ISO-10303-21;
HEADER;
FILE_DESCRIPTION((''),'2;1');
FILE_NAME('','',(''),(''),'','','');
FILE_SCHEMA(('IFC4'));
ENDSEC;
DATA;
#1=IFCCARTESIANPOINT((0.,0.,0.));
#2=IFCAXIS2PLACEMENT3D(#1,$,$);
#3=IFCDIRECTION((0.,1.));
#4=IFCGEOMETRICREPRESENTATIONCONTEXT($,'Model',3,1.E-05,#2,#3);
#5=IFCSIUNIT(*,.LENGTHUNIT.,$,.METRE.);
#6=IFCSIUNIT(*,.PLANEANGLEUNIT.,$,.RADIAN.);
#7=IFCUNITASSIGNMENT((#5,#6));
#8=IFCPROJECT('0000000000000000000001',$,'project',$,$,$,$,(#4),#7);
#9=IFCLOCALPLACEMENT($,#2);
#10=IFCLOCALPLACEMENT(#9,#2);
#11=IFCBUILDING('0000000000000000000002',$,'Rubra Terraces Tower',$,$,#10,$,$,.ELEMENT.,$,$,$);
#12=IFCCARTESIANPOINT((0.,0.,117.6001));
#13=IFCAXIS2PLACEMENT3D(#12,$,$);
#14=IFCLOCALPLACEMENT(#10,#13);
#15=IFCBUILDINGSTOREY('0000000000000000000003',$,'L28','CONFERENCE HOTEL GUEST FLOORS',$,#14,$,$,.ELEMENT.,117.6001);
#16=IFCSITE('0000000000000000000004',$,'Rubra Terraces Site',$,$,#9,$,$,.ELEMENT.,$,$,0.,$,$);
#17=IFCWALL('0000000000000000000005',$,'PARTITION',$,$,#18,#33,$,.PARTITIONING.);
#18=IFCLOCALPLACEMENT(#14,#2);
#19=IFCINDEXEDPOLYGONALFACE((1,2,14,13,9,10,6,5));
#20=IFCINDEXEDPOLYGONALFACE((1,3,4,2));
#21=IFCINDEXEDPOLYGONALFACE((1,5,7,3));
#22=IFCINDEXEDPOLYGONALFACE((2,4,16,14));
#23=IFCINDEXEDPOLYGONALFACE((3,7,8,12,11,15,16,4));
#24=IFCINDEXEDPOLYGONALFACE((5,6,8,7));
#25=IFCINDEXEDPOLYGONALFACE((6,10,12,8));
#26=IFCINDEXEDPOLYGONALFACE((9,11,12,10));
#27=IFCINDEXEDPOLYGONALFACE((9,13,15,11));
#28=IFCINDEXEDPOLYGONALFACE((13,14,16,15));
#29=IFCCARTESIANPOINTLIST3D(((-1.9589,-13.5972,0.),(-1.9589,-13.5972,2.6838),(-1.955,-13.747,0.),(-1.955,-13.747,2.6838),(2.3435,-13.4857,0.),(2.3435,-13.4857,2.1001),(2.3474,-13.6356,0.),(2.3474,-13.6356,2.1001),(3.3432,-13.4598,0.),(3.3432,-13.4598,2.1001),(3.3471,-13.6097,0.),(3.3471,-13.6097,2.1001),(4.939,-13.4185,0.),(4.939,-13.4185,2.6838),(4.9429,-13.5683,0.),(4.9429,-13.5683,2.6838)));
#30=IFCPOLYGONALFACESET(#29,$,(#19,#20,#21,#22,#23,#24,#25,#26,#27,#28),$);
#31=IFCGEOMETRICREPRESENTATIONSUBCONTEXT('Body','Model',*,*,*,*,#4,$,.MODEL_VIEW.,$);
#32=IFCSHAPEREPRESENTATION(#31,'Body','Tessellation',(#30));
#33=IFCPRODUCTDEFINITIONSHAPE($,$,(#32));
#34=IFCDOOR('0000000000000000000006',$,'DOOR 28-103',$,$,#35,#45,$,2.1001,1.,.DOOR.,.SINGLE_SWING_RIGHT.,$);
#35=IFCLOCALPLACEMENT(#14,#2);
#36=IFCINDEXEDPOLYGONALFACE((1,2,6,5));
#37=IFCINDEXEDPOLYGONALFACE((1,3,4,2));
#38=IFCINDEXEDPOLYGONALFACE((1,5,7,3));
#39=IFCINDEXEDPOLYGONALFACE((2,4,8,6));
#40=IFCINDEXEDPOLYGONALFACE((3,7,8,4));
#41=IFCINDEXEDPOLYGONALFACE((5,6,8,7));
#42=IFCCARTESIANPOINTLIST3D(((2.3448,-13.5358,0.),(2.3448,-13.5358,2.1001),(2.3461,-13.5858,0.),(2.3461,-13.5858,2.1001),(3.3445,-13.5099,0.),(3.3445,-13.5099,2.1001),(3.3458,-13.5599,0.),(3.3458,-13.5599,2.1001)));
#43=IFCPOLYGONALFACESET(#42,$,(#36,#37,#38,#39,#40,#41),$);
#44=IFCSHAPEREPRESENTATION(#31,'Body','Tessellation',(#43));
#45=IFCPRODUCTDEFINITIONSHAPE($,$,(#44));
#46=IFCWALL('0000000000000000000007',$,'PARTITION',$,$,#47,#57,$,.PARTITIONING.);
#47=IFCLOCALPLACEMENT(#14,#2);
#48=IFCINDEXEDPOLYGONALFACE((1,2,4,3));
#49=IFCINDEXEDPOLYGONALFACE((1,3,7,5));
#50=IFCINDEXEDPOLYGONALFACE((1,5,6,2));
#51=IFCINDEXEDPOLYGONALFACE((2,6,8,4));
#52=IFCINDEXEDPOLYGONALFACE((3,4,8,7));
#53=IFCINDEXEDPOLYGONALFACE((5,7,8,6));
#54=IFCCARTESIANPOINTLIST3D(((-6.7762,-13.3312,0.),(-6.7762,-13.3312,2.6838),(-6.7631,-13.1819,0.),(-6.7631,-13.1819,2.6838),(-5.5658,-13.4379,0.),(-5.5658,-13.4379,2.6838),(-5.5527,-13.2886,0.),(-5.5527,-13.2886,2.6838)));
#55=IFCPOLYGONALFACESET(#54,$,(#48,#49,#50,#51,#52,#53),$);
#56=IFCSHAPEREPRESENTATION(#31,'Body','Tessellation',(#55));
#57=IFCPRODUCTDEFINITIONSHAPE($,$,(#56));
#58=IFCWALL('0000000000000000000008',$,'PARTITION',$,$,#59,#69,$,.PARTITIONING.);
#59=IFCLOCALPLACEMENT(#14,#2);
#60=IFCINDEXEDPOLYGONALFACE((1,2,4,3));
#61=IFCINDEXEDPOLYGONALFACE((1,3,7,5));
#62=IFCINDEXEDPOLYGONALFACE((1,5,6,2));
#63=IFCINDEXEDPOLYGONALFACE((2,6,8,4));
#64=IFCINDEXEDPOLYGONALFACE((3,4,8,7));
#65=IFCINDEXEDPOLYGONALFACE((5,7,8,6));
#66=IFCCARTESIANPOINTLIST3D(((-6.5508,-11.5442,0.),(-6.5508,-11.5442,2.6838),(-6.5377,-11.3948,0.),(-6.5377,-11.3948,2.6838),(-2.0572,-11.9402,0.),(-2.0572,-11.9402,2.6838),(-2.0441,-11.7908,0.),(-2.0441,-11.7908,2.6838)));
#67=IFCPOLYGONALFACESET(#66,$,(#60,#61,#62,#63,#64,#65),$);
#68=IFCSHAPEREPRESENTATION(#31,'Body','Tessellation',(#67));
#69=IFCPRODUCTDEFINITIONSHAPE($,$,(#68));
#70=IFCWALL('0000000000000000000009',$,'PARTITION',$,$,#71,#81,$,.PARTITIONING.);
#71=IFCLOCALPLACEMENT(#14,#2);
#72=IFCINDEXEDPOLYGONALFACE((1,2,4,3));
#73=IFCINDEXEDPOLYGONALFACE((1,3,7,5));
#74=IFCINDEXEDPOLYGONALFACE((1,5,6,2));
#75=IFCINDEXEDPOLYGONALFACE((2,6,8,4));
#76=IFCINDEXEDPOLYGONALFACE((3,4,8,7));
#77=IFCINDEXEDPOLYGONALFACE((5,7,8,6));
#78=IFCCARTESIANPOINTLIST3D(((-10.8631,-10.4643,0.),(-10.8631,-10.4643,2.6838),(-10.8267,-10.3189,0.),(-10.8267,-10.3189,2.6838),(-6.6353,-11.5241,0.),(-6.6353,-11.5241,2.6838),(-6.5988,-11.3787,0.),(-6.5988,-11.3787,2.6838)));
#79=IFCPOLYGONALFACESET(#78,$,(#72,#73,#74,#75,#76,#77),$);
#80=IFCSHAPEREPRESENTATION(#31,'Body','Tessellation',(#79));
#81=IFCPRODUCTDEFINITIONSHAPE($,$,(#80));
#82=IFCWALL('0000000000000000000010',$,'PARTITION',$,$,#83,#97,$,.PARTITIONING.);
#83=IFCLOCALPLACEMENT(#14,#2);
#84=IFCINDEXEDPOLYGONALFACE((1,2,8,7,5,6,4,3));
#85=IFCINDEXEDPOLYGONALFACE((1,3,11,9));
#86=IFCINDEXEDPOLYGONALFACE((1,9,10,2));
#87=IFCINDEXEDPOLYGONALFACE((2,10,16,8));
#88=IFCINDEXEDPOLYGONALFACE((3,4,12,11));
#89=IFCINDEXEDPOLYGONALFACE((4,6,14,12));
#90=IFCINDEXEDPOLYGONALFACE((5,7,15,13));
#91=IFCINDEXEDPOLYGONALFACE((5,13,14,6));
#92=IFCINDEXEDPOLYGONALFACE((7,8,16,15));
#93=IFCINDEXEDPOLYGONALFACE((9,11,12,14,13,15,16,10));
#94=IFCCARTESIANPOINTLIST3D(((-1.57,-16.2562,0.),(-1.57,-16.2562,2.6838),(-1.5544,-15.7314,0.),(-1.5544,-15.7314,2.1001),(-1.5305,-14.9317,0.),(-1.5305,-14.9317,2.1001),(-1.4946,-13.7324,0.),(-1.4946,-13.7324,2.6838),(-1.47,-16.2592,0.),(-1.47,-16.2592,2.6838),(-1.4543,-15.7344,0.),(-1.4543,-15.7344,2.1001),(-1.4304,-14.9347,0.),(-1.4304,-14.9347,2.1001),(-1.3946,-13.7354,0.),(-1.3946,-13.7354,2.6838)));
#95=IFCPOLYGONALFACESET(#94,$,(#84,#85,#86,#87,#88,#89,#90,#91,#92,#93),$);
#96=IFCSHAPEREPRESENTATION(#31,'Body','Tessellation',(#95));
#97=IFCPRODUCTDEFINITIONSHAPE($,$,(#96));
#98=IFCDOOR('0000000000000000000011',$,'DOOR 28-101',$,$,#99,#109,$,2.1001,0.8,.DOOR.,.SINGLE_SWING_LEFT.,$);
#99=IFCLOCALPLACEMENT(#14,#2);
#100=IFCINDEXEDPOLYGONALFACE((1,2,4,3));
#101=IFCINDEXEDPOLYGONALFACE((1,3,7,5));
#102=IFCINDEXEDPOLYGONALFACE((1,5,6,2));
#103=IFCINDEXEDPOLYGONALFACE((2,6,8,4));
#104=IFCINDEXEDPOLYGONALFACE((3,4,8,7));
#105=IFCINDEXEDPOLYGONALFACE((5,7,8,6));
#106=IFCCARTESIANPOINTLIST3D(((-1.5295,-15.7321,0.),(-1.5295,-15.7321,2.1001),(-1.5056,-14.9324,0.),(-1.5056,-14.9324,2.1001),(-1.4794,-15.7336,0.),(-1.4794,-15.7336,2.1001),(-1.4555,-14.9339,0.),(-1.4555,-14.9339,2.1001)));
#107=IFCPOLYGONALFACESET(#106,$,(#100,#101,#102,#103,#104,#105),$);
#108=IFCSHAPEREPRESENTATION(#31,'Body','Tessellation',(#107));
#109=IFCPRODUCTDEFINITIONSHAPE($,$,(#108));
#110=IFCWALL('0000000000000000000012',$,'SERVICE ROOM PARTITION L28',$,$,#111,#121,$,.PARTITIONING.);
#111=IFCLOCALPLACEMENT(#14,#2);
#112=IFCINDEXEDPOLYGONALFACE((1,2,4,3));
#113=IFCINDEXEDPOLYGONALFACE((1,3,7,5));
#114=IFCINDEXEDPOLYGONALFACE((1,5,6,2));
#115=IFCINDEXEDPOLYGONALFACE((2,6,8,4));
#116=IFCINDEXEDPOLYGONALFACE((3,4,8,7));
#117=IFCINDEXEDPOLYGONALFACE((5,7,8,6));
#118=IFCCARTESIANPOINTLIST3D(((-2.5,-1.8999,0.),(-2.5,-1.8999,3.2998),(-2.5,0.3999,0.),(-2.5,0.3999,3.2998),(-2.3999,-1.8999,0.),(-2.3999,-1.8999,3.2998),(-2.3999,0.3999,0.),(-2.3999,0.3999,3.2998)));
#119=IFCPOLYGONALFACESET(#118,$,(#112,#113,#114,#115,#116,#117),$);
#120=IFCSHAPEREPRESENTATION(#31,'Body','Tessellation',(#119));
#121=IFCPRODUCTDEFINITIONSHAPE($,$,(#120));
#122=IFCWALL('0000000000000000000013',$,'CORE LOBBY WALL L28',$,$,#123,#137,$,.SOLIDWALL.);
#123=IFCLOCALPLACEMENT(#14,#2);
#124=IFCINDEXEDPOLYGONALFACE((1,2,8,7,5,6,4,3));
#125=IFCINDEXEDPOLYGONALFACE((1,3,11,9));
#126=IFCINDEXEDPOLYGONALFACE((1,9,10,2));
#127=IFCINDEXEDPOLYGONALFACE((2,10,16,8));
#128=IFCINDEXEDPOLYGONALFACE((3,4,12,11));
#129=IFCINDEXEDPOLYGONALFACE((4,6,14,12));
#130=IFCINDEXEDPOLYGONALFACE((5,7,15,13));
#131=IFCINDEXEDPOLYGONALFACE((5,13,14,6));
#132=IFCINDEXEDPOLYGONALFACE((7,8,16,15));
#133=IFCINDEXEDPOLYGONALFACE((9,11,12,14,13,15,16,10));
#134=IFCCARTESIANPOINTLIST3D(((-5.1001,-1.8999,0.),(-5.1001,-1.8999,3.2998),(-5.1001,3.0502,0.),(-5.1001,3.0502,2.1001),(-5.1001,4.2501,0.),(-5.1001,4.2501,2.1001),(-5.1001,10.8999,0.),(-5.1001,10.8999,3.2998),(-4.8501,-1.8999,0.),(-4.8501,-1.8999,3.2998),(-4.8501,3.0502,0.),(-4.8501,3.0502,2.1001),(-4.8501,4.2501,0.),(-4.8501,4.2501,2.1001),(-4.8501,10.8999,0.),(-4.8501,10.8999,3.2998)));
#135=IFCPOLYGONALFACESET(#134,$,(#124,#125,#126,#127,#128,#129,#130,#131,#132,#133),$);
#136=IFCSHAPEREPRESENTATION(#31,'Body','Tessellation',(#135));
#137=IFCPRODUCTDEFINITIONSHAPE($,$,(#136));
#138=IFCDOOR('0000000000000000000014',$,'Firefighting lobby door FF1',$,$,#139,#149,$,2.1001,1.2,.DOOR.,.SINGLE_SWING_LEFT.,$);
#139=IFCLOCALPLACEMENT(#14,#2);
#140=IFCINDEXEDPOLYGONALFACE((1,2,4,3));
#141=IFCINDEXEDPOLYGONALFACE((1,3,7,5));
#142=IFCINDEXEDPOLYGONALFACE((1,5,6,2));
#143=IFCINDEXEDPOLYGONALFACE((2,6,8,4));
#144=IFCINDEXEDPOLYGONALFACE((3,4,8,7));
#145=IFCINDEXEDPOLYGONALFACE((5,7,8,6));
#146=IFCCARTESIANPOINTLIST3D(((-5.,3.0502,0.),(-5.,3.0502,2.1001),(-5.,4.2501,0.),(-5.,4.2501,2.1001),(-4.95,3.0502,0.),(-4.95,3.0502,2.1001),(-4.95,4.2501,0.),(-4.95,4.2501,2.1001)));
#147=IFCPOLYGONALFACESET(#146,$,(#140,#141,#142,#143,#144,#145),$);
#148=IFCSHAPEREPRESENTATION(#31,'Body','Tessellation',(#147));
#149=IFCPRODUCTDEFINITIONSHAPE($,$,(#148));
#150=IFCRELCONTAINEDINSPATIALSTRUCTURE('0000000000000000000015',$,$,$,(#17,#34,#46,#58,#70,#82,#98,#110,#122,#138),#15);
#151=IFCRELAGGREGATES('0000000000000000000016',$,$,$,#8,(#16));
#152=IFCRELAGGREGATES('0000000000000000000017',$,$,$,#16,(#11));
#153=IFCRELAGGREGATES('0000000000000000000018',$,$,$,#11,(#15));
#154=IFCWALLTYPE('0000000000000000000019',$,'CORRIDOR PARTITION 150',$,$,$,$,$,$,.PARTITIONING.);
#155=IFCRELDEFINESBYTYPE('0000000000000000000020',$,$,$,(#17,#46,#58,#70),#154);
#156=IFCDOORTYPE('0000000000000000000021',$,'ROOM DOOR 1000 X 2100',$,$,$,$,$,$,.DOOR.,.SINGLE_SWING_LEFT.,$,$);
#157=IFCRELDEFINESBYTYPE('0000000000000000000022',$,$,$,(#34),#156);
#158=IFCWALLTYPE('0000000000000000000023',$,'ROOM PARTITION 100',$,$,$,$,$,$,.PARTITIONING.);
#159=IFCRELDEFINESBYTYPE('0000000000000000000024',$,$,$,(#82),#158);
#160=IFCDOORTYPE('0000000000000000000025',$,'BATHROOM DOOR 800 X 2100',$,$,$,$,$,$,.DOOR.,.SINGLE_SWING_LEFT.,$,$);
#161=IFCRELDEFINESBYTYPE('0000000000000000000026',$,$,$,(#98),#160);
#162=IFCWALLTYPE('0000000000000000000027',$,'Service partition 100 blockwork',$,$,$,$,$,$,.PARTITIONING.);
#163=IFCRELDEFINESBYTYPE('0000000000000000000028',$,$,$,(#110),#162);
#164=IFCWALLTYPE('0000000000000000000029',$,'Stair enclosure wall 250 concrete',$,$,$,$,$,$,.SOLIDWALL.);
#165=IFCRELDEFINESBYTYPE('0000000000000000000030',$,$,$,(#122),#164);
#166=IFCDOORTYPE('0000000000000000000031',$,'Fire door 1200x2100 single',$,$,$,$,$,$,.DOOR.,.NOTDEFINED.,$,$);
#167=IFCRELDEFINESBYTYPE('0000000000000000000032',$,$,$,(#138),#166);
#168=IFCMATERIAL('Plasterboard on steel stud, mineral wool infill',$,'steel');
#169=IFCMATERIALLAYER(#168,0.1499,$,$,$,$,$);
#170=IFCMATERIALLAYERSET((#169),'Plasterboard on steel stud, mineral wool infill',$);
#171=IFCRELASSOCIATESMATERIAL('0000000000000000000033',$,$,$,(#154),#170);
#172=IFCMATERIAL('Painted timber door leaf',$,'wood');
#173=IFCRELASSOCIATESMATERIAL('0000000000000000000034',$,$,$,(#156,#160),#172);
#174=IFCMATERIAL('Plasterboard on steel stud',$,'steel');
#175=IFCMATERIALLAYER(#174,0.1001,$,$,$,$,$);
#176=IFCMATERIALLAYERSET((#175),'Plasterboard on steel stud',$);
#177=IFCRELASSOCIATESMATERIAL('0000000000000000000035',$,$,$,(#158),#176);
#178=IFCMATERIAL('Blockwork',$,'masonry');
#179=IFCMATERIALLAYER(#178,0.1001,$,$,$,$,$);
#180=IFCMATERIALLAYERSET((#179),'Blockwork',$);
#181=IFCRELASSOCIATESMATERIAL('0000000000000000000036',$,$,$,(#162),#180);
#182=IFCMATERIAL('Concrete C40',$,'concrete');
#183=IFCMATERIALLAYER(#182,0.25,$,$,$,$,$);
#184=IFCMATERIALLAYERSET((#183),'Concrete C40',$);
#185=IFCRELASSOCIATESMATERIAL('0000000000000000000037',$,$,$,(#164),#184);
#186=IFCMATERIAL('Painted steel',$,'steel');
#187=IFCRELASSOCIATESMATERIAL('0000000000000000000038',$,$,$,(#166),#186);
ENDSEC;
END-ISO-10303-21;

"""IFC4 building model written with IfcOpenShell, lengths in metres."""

from ifc_helpers import new_model, si_unit, direction, frame, frame_2d, origin, place, context, subcontext, project, spatial, rectangle, extrude, material, layer, layer_set, type_object, element, fill, save


model = new_model("IFC4")

# Units and contexts
model_context = context("Model", 3, precision=1e-05, world=origin(), true_north=direction((0.0, 1.0)))
body_context = subcontext(model_context, "Body", "Model", "MODEL_VIEW")
ifc_project = project(units=[si_unit("LENGTHUNIT", "METRE"), si_unit("PLANEANGLEUNIT", "RADIAN")], contexts=[model_context])

# Site, building, storey
site_placement = place(None, origin())
site = spatial("IfcSite", under=ifc_project, at=site_placement, Name="Rubra Terraces Site", CompositionType="ELEMENT", RefElevation=0.0)
building_placement = place(site_placement, origin())
building = spatial("IfcBuilding", under=site, at=building_placement, Name="Rubra Terraces Tower", CompositionType="ELEMENT")
storey_placement = place(building_placement, frame((0.0, 0.0, 117.6001)))
storey = spatial("IfcBuildingStorey", under=building, at=storey_placement, Name="L28", Description="CONFERENCE HOTEL GUEST FLOORS", CompositionType="ELEMENT", Elevation=117.6001)

# Shared definitions
ifc_material_1 = material(Name="Concrete C40", Category="concrete")

# Shared definitions
ifc_material_2 = material(Name="Plasterboard on steel stud, mineral wool infill", Category="steel")
ifc_layer_1 = layer(ifc_material_2, 0.1499)
ifc_layer_set_1 = layer_set([ifc_layer_1], Name="Plasterboard on steel stud, mineral wool infill")
wall_type_1 = type_object("IfcWallType", Name="CORRIDOR PARTITION 150", PredefinedType="PARTITIONING", material=ifc_layer_set_1)

# Wall, opening, door
wall_1_placement = place(storey_placement, frame((-1.957, -13.6721, 0.0), z_axis=(0.0, 0.0, 1.0), x_axis=(0.999665, 0.025899, 0.0)))
wall_1 = element("IfcWall", 1, at=wall_1_placement, inside=storey, type_object=wall_type_1, Name="PARTITION", PredefinedType="PARTITIONING", context=body_context, shape_type="SweptSolid", body=[
    extrude(rectangle(XDim=6.9001, YDim=0.1499, at=frame_2d((3.4502, 0.0))), origin(), (0.0, 0.0, 1.0), 2.6838),
])
opening_1_placement = place(wall_1_placement, frame((4.304, 0.0, 0.0)))
opening_1 = element("IfcOpeningElement", 2, at=opening_1_placement, cuts=wall_1, PredefinedType="OPENING", context=body_context, shape_type="SweptSolid", body=[
    extrude(rectangle(XDim=1.0, YDim=2.1001, at=frame_2d((0.5, 1.05))), frame((0.0, 0.085, 0.0), z_axis=(0.0, -1.0, 0.0), x_axis=(1.0, 0.0, 0.0)), (0.0, 0.0, 1.0), 0.1699),
])
ifc_material_3 = material(Name="Painted timber door leaf", Category="wood")
door_type_1 = type_object("IfcDoorType", Name="ROOM DOOR 1000 X 2100", OperationType="SINGLE_SWING_LEFT", PredefinedType="DOOR", material=ifc_material_3)
door_1_placement = place(opening_1_placement, origin())
door_1 = element("IfcDoor", 3, at=door_1_placement, inside=storey, type_object=door_type_1, Name="DOOR 28-103", OperationType="SINGLE_SWING_RIGHT", OverallHeight=2.1001, OverallWidth=1.0, PredefinedType="DOOR", context=body_context, shape_type="SweptSolid", body=[
    extrude(rectangle(XDim=1.0, YDim=2.1001, at=frame_2d((0.5, 1.05))), frame((0.0, 0.0249, 0.0), z_axis=(0.0, -1.0, 0.0), x_axis=(1.0, 0.0, 0.0)), (0.0, 0.0, 1.0), 0.05),
])
fill(opening_1, door_1)

# Walls
wall_2_placement = place(storey_placement, frame((-6.7695, -13.2566, 0.0), z_axis=(0.0, 0.0, 1.0), x_axis=(0.996138, -0.0878, 0.0)))
element("IfcWall", 4, at=wall_2_placement, inside=storey, type_object=wall_type_1, Name="PARTITION", PredefinedType="PARTITIONING", context=body_context, shape_type="SweptSolid", body=[
    extrude(rectangle(XDim=1.2151, YDim=0.1499, at=frame_2d((0.6074, 0.0))), origin(), (0.0, 0.0, 1.0), 2.6838),
])
wall_3_placement = place(storey_placement, frame((-2.0508, -11.8655, 0.0), z_axis=(0.0, 0.0, 1.0), x_axis=(-0.99614, 0.087783, 0.0)))
element("IfcWall", 5, at=wall_3_placement, inside=storey, type_object=wall_type_1, Name="PARTITION", PredefinedType="PARTITIONING", context=body_context, shape_type="SweptSolid", body=[
    extrude(rectangle(XDim=4.511, YDim=0.1499, at=frame_2d((2.2554, 0.0))), origin(), (0.0, 0.0, 1.0), 2.6838),
])
wall_4_placement = place(storey_placement, frame((-6.6172, -11.4514, 0.0), z_axis=(0.0, 0.0, 1.0), x_axis=(-0.969987, 0.243155, 0.0)))
element("IfcWall", 6, at=wall_4_placement, inside=storey, type_object=wall_type_1, Name="PARTITION", PredefinedType="PARTITIONING", context=body_context, shape_type="SweptSolid", body=[
    extrude(rectangle(XDim=4.3586, YDim=0.1499, at=frame_2d((2.1792, 0.0))), origin(), (0.0, 0.0, 1.0), 2.6838),
])

# Wall, opening, door
ifc_material_4 = material(Name="Plasterboard on steel stud", Category="steel")
ifc_layer_2 = layer(ifc_material_4, 0.1001)
ifc_layer_set_2 = layer_set([ifc_layer_2], Name="Plasterboard on steel stud")
wall_type_2 = type_object("IfcWallType", Name="ROOM PARTITION 100", PredefinedType="PARTITIONING", material=ifc_layer_set_2)
wall_5_placement = place(storey_placement, frame((-1.4446, -13.7339, 0.0), z_axis=(0.0, 0.0, 1.0), x_axis=(-0.029879, -0.999554, 0.0)))
wall_5 = element("IfcWall", 7, at=wall_5_placement, inside=storey, type_object=wall_type_2, Name="PARTITION", PredefinedType="PARTITIONING", context=body_context, shape_type="SweptSolid", body=[
    extrude(rectangle(XDim=2.5249, YDim=0.1001, at=frame_2d((1.2625, 0.0))), origin(), (0.0, 0.0, 1.0), 2.6838),
])
opening_2_placement = place(wall_5_placement, frame((1.2, 0.0, 0.0)))
opening_2 = element("IfcOpeningElement", 8, at=opening_2_placement, cuts=wall_5, PredefinedType="OPENING", context=body_context, shape_type="SweptSolid", body=[
    extrude(rectangle(XDim=0.8, YDim=2.1001, at=frame_2d((0.3999, 1.05))), frame((0.0, 0.0601, 0.0), z_axis=(0.0, -1.0, 0.0), x_axis=(1.0, 0.0, 0.0)), (0.0, 0.0, 1.0), 0.1201),
])
door_type_2 = type_object("IfcDoorType", Name="BATHROOM DOOR 800 X 2100", OperationType="SINGLE_SWING_LEFT", PredefinedType="DOOR", material=ifc_material_3)
door_2_placement = place(opening_2_placement, origin())
door_2 = element("IfcDoor", 9, at=door_2_placement, inside=storey, type_object=door_type_2, Name="DOOR 28-101", OperationType="SINGLE_SWING_LEFT", OverallHeight=2.1001, OverallWidth=0.8, PredefinedType="DOOR", context=body_context, shape_type="SweptSolid", body=[
    extrude(rectangle(XDim=0.8, YDim=2.1001, at=frame_2d((0.3999, 1.05))), frame((0.0, 0.0249, 0.0), z_axis=(0.0, -1.0, 0.0), x_axis=(1.0, 0.0, 0.0)), (0.0, 0.0, 1.0), 0.05),
])
fill(opening_2, door_2)

# Wall
ifc_material_5 = material(Name="Blockwork", Category="masonry")
ifc_layer_3 = layer(ifc_material_5, 0.1001)
ifc_layer_set_3 = layer_set([ifc_layer_3], Name="Blockwork")
wall_type_3 = type_object("IfcWallType", Name="Service partition 100 blockwork", PredefinedType="PARTITIONING", material=ifc_layer_set_3)
wall_6_placement = place(storey_placement, frame((-2.45, -1.8999, 0.0), z_axis=(0.0, 0.0, 1.0), x_axis=(0.0, 1.0, 0.0)))
element("IfcWall", 10, at=wall_6_placement, inside=storey, type_object=wall_type_3, Name="SERVICE ROOM PARTITION L28", PredefinedType="PARTITIONING", context=body_context, shape_type="SweptSolid", body=[
    extrude(rectangle(XDim=2.2998, YDim=0.1001, at=frame_2d((1.1499, 0.0))), origin(), (0.0, 0.0, 1.0), 3.2998),
])

# Wall, opening, door
ifc_layer_4 = layer(ifc_material_1, 0.25)
ifc_layer_set_4 = layer_set([ifc_layer_4], Name="Concrete C40")
wall_type_4 = type_object("IfcWallType", Name="Stair enclosure wall 250 concrete", PredefinedType="SOLIDWALL", material=ifc_layer_set_4)
wall_7_placement = place(storey_placement, frame((-4.9751, -1.8999, 0.0), z_axis=(0.0, 0.0, 1.0), x_axis=(0.0, 1.0, 0.0)))
wall_7 = element("IfcWall", 11, at=wall_7_placement, inside=storey, type_object=wall_type_4, Name="CORE LOBBY WALL L28", PredefinedType="SOLIDWALL", context=body_context, shape_type="SweptSolid", body=[
    extrude(rectangle(XDim=12.7998, YDim=0.25, at=frame_2d((6.3999, 0.0))), origin(), (0.0, 0.0, 1.0), 3.2998),
])
opening_3_placement = place(wall_7_placement, frame((4.95, 0.0, 0.0)))
opening_3 = element("IfcOpeningElement", 12, at=opening_3_placement, cuts=wall_7, PredefinedType="OPENING", context=body_context, shape_type="SweptSolid", body=[
    extrude(rectangle(XDim=1.2, YDim=2.1001, at=frame_2d((0.6001, 1.05))), frame((0.0, 0.135, 0.0), z_axis=(0.0, -1.0, 0.0), x_axis=(1.0, 0.0, 0.0)), (0.0, 0.0, 1.0), 0.27),
])
ifc_material_6 = material(Name="Painted steel", Category="steel")
door_type_3 = type_object("IfcDoorType", Name="Fire door 1200x2100 single", OperationType="NOTDEFINED", PredefinedType="DOOR", material=ifc_material_6)
door_3_placement = place(opening_3_placement, origin())
door_3 = element("IfcDoor", 13, at=door_3_placement, inside=storey, type_object=door_type_3, Name="Firefighting lobby door FF1", OperationType="SINGLE_SWING_LEFT", OverallHeight=2.1001, OverallWidth=1.2, PredefinedType="DOOR", context=body_context, shape_type="SweptSolid", body=[
    extrude(rectangle(XDim=1.2, YDim=2.1001, at=frame_2d((0.6001, 1.05))), frame((0.0, 0.0249, 0.0), z_axis=(0.0, -1.0, 0.0), x_axis=(1.0, 0.0, 0.0)), (0.0, 0.0, 1.0), 0.05),
])
fill(opening_3, door_3)

save(model, "model.ifc")
